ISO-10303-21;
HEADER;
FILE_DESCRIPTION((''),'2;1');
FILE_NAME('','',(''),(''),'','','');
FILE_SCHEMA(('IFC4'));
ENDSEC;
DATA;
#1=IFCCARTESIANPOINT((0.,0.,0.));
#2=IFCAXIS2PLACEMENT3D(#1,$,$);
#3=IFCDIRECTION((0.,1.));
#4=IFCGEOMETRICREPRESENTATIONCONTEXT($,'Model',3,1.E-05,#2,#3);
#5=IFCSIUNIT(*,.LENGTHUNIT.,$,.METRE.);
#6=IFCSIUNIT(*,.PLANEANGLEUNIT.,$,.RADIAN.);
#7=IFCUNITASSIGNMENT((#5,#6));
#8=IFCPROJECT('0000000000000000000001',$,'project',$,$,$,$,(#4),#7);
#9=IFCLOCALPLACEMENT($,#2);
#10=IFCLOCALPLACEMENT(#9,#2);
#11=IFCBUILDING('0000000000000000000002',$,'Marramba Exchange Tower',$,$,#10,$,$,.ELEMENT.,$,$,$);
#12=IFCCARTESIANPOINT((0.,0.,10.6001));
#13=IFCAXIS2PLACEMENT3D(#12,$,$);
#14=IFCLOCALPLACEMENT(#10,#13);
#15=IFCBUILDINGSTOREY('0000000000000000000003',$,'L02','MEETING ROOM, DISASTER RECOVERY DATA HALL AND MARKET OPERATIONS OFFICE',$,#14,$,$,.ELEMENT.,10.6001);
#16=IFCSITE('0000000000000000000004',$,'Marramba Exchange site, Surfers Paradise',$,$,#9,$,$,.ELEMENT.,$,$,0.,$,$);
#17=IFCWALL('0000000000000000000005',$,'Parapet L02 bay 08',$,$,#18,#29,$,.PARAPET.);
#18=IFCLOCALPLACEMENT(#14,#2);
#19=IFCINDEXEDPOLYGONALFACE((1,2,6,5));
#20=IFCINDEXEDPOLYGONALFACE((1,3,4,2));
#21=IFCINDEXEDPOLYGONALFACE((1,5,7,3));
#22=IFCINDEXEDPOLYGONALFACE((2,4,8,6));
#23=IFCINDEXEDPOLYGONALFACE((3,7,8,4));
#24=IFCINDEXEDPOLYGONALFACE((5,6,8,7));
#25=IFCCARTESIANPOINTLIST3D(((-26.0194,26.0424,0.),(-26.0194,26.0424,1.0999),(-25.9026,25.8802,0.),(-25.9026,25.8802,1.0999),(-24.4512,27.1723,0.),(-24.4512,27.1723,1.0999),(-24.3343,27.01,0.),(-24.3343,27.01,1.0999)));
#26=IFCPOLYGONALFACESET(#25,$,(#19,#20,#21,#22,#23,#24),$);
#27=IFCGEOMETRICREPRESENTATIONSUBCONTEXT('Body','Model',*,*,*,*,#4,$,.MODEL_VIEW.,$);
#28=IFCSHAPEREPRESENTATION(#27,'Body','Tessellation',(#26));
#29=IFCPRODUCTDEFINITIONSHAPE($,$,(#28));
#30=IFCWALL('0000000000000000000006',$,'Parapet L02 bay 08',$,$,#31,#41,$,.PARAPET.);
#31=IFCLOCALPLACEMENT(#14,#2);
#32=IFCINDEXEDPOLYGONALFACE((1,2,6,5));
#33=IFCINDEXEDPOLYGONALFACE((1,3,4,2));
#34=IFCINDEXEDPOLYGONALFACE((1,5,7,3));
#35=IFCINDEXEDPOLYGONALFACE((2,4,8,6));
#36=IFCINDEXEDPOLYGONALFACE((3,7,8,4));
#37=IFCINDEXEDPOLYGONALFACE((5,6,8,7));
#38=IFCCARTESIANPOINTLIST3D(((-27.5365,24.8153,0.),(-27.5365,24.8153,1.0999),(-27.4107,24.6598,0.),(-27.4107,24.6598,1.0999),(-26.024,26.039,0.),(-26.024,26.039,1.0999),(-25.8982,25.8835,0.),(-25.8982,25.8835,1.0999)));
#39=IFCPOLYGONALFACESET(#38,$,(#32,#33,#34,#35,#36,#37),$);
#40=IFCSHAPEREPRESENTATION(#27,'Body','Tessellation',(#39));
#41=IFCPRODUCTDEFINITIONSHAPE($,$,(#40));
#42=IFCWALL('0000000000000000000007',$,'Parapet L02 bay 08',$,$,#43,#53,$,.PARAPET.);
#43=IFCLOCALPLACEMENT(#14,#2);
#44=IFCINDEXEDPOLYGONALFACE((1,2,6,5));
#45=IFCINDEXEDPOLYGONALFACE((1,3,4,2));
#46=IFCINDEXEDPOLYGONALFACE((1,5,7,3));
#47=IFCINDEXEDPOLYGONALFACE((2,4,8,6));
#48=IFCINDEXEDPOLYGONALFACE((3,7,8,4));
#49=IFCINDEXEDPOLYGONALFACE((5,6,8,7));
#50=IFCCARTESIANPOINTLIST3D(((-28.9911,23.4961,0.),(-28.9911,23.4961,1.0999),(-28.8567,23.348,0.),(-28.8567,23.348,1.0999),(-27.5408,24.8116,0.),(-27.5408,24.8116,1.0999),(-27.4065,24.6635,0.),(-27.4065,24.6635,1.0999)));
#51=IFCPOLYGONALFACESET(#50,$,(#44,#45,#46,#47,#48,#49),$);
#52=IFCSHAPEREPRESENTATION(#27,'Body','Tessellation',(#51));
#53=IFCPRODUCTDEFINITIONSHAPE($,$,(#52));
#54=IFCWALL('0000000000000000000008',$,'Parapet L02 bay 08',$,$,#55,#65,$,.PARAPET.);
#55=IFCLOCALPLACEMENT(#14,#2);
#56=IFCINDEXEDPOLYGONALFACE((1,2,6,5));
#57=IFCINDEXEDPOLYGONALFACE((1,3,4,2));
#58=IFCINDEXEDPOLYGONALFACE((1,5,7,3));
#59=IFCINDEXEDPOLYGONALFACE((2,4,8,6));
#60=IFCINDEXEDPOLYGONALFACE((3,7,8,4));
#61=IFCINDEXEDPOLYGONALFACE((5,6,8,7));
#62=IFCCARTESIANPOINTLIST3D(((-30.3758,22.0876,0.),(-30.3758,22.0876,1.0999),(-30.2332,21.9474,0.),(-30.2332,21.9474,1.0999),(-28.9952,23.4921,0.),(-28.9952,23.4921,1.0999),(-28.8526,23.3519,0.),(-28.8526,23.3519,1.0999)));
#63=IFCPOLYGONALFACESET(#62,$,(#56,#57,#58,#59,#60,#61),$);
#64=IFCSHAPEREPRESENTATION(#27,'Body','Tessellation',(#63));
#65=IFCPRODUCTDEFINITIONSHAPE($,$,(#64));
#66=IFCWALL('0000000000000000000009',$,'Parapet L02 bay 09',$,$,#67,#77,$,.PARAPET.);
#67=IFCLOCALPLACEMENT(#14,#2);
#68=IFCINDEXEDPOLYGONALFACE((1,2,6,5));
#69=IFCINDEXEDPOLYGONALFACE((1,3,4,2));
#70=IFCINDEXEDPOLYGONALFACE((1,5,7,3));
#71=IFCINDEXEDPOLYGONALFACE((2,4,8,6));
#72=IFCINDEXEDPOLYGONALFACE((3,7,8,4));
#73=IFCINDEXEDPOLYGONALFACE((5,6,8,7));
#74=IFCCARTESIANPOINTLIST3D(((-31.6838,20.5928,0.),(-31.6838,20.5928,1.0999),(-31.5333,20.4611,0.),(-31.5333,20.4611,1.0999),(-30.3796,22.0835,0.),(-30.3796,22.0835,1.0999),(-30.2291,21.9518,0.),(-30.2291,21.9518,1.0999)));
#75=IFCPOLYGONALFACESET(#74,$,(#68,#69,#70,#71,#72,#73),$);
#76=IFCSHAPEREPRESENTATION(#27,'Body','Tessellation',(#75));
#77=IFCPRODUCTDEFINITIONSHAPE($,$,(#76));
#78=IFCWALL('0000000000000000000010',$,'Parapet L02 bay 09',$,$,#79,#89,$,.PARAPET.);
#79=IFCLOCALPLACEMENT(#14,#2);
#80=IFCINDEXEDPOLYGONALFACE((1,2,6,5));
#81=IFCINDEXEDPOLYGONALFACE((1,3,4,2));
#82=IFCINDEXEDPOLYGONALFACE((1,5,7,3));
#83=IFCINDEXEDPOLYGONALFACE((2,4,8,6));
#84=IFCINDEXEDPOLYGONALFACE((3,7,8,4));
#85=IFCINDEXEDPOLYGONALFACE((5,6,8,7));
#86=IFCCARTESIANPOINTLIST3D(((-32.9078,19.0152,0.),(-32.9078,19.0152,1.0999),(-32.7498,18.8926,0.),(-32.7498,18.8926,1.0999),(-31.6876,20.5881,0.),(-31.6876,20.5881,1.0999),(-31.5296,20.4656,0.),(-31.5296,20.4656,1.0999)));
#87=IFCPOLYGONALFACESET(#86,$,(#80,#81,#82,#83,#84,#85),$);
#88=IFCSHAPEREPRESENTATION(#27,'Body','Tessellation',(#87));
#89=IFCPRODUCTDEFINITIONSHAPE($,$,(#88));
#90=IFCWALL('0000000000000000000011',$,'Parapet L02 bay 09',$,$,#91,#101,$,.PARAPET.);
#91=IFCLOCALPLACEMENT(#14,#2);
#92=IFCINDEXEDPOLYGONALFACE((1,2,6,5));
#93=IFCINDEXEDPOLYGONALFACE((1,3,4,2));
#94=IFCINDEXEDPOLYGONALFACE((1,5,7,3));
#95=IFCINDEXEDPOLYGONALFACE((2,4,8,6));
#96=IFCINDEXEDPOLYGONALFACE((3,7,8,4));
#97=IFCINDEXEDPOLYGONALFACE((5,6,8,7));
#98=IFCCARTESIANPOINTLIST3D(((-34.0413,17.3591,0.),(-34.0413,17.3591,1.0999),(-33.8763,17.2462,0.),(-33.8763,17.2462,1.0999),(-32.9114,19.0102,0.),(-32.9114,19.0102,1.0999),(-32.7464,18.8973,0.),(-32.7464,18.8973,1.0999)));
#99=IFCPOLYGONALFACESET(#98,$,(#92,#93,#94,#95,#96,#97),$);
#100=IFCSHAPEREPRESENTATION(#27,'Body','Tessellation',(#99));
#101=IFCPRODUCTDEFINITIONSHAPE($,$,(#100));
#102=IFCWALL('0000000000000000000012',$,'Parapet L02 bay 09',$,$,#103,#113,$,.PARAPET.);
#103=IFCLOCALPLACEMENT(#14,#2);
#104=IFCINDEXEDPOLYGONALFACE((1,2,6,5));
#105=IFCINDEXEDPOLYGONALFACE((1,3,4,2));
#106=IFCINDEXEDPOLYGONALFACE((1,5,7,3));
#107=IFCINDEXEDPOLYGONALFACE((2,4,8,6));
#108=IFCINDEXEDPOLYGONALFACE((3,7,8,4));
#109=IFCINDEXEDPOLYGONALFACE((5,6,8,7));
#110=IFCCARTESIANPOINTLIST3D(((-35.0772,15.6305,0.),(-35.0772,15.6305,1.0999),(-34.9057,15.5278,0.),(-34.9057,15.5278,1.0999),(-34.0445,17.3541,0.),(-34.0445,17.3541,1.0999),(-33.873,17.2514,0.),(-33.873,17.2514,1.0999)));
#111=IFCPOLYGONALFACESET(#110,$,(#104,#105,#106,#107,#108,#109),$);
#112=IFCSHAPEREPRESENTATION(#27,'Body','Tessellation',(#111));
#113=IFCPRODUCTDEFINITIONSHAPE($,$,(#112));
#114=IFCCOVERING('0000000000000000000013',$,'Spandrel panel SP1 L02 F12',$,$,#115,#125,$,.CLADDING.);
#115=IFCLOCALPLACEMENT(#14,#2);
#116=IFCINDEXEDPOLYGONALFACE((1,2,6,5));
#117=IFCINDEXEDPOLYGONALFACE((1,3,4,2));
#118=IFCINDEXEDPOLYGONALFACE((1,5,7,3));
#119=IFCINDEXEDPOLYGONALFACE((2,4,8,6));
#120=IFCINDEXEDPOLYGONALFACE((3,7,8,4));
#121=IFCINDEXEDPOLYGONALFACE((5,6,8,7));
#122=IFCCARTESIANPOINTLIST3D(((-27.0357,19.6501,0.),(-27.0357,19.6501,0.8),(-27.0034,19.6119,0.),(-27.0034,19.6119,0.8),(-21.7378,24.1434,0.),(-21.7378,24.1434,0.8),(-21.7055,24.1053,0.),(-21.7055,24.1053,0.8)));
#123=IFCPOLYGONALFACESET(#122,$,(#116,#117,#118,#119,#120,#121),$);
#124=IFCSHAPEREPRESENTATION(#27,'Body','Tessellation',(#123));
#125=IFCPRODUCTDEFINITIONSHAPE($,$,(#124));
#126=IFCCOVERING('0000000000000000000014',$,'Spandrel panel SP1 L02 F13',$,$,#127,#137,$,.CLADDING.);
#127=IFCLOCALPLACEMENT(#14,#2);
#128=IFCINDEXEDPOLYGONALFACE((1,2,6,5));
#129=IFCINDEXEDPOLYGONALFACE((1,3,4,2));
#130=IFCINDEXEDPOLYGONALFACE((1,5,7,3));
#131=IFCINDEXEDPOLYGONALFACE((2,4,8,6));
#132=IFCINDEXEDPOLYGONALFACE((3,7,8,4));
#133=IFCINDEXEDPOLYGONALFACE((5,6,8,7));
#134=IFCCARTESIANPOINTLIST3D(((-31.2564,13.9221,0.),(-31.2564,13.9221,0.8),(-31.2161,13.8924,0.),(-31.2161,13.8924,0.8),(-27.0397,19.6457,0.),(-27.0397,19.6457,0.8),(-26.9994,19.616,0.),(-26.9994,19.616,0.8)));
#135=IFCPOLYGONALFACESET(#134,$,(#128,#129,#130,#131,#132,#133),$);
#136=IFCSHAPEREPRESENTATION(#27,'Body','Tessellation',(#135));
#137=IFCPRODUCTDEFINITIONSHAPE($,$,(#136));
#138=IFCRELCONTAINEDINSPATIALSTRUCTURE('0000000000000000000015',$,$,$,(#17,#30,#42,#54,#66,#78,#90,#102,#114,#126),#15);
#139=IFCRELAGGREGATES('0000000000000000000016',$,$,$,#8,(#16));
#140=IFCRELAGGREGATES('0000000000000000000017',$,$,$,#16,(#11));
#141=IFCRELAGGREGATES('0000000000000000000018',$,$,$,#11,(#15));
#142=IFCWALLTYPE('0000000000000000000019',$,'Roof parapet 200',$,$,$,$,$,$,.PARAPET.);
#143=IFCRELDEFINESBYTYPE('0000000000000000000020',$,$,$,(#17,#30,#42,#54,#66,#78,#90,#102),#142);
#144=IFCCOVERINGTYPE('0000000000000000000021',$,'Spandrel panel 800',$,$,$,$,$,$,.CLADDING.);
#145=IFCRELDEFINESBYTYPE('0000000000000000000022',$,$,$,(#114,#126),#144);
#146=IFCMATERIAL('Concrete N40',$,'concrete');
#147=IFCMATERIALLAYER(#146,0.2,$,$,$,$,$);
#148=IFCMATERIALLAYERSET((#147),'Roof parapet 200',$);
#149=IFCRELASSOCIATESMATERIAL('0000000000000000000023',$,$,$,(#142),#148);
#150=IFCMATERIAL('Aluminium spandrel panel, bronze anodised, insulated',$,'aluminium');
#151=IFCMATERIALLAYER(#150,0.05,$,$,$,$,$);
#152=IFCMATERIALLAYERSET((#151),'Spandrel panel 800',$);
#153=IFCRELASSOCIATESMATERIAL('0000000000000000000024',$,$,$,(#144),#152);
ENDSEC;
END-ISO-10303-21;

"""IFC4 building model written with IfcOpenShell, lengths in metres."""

from ifc_helpers import new_model, si_unit, direction, frame, frame_2d, origin, origin_2d, place, context, subcontext, project, spatial, rectangle, extrude, material, layer, layer_set, type_object, element, save


model = new_model("IFC4")

# Units and contexts
model_context = context("Model", 3, precision=1e-05, world=origin(), true_north=direction((0.0, 1.0)))
body_context = subcontext(model_context, "Body", "Model", "MODEL_VIEW")
ifc_project = project(units=[si_unit("LENGTHUNIT", "METRE"), si_unit("PLANEANGLEUNIT", "RADIAN")], contexts=[model_context])

# Site, building, storey
site_placement = place(None, origin())
site = spatial("IfcSite", under=ifc_project, at=site_placement, Name="Marramba Exchange site, Surfers Paradise", CompositionType="ELEMENT", RefElevation=0.0)
building_placement = place(site_placement, origin())
building = spatial("IfcBuilding", under=site, at=building_placement, Name="Marramba Exchange Tower", CompositionType="ELEMENT")
storey_placement = place(building_placement, frame((0.0, 0.0, 10.6001)))
storey = spatial("IfcBuildingStorey", under=building, at=storey_placement, Name="L02", Description="MEETING ROOM, DISASTER RECOVERY DATA HALL AND MARKET OPERATIONS OFFICE", CompositionType="ELEMENT", Elevation=10.6001)

# Walls
ifc_material_1 = material(Name="Concrete N40", Category="concrete")
ifc_layer_1 = layer(ifc_material_1, 0.2)
ifc_layer_set_1 = layer_set([ifc_layer_1], Name="Roof parapet 200")
wall_type = type_object("IfcWallType", Name="Roof parapet 200", PredefinedType="PARAPET", material=ifc_layer_set_1)
wall_1_placement = place(storey_placement, frame((-24.3928, 27.0911, 0.0), z_axis=(0.0, 0.0, 1.0), x_axis=(-0.811371, -0.584531, 0.0)))
element("IfcWall", 1, at=wall_1_placement, inside=storey, type_object=wall_type, Name="Parapet L02 bay 08", PredefinedType="PARAPET", context=body_context, shape_type="SweptSolid", body=[
    extrude(rectangle(XDim=1.9329, YDim=0.2, at=frame_2d((0.9663, 0.0))), origin(), (0.0, 0.0, 1.0), 1.0999),
])
wall_2_placement = place(storey_placement, frame((-25.9612, 25.9612, 0.0), z_axis=(0.0, 0.0, 1.0), x_axis=(-0.777429, -0.628971, 0.0)))
element("IfcWall", 2, at=wall_2_placement, inside=storey, type_object=wall_type, Name="Parapet L02 bay 08", PredefinedType="PARAPET", context=body_context, shape_type="SweptSolid", body=[
    extrude(rectangle(XDim=1.9456, YDim=0.2, at=frame_2d((0.9727, 0.0))), origin(), (0.0, 0.0, 1.0), 1.0999),
])
wall_3_placement = place(storey_placement, frame((-27.4736, 24.7375, 0.0), z_axis=(0.0, 0.0, 1.0), x_axis=(-0.740684, -0.671853, 0.0)))
element("IfcWall", 3, at=wall_3_placement, inside=storey, type_object=wall_type, Name="Parapet L02 bay 08", PredefinedType="PARAPET", context=body_context, shape_type="SweptSolid", body=[
    extrude(rectangle(XDim=1.958, YDim=0.2, at=frame_2d((0.979, 0.0))), origin(), (0.0, 0.0, 1.0), 1.0999),
])
wall_4_placement = place(storey_placement, frame((-28.9238, 23.4221, 0.0), z_axis=(0.0, 0.0, 1.0), x_axis=(-0.701007, -0.713155, 0.0)))
element("IfcWall", 4, at=wall_4_placement, inside=storey, type_object=wall_type, Name="Parapet L02 bay 08", PredefinedType="PARAPET", context=body_context, shape_type="SweptSolid", body=[
    extrude(rectangle(XDim=1.9695, YDim=0.2, at=frame_2d((0.9849, 0.0))), origin(), (0.0, 0.0, 1.0), 1.0999),
])
wall_5_placement = place(storey_placement, frame((-30.3044, 22.0176, 0.0), z_axis=(0.0, 0.0, 1.0), x_axis=(-0.658452, -0.752623, 0.0)))
element("IfcWall", 5, at=wall_5_placement, inside=storey, type_object=wall_type, Name="Parapet L02 bay 09", PredefinedType="PARAPET", context=body_context, shape_type="SweptSolid", body=[
    extrude(rectangle(XDim=1.9807, YDim=0.2, at=frame_2d((0.9902, 0.0))), origin(), (0.0, 0.0, 1.0), 1.0999),
])
wall_6_placement = place(storey_placement, frame((-31.6086, 20.5269, 0.0), z_axis=(0.0, 0.0, 1.0), x_axis=(-0.61293, -0.790137, 0.0)))
element("IfcWall", 6, at=wall_6_placement, inside=storey, type_object=wall_type, Name="Parapet L02 bay 09", PredefinedType="PARAPET", context=body_context, shape_type="SweptSolid", body=[
    extrude(rectangle(XDim=1.9907, YDim=0.2, at=frame_2d((0.9954, 0.0))), origin(), (0.0, 0.0, 1.0), 1.0999),
])
wall_7_placement = place(storey_placement, frame((-32.8289, 18.9539, 0.0), z_axis=(0.0, 0.0, 1.0), x_axis=(-0.564741, -0.825268, 0.0)))
element("IfcWall", 7, at=wall_7_placement, inside=storey, type_object=wall_type, Name="Parapet L02 bay 09", PredefinedType="PARAPET", context=body_context, shape_type="SweptSolid", body=[
    extrude(rectangle(XDim=2.0007, YDim=0.2, at=frame_2d((1.0005, 0.0))), origin(), (0.0, 0.0, 1.0), 1.0999),
])
wall_8_placement = place(storey_placement, frame((-33.9587, 17.3027, 0.0), z_axis=(0.0, 0.0, 1.0), x_axis=(-0.51396, -0.857814, 0.0)))
element("IfcWall", 8, at=wall_8_placement, inside=storey, type_object=wall_type, Name="Parapet L02 bay 09", PredefinedType="PARAPET", context=body_context, shape_type="SweptSolid", body=[
    extrude(rectangle(XDim=2.0093, YDim=0.2, at=frame_2d((1.0046, 0.0))), origin(), (0.0, 0.0, 1.0), 1.0999),
])

# Coverings
ifc_material_2 = material(Name="Aluminium spandrel panel, bronze anodised, insulated", Category="aluminium")
ifc_layer_2 = layer(ifc_material_2, 0.05)
ifc_layer_set_2 = layer_set([ifc_layer_2], Name="Spandrel panel 800")
covering_type = type_object("IfcCoveringType", Name="Spandrel panel 800", PredefinedType="CLADDING", material=ifc_layer_set_2)
covering_1_placement = place(storey_placement, frame((-24.3706, 21.8777, 0.0), z_axis=(0.0, 0.0, 1.0), x_axis=(-0.762643, -0.646819, 0.0)))
element("IfcCovering", 9, at=covering_1_placement, inside=storey, type_object=covering_type, Name="Spandrel panel SP1 L02 F12", PredefinedType="CLADDING", context=body_context, shape_type="SweptSolid", body=[
    extrude(rectangle(XDim=6.9468, YDim=0.05, at=origin_2d()), origin(), (0.0, 0.0, 1.0), 0.8),
])
covering_2_placement = place(storey_placement, frame((-29.1279, 16.769, 0.0), z_axis=(0.0, 0.0, 1.0), x_axis=(-0.593136, -0.805102, 0.0)))
element("IfcCovering", 10, at=covering_2_placement, inside=storey, type_object=covering_type, Name="Spandrel panel SP1 L02 F13", PredefinedType="CLADDING", context=body_context, shape_type="SweptSolid", body=[
    extrude(rectangle(XDim=7.1091, YDim=0.05, at=origin_2d()), origin(), (0.0, 0.0, 1.0), 0.8),
])

save(model, "model.ifc")
